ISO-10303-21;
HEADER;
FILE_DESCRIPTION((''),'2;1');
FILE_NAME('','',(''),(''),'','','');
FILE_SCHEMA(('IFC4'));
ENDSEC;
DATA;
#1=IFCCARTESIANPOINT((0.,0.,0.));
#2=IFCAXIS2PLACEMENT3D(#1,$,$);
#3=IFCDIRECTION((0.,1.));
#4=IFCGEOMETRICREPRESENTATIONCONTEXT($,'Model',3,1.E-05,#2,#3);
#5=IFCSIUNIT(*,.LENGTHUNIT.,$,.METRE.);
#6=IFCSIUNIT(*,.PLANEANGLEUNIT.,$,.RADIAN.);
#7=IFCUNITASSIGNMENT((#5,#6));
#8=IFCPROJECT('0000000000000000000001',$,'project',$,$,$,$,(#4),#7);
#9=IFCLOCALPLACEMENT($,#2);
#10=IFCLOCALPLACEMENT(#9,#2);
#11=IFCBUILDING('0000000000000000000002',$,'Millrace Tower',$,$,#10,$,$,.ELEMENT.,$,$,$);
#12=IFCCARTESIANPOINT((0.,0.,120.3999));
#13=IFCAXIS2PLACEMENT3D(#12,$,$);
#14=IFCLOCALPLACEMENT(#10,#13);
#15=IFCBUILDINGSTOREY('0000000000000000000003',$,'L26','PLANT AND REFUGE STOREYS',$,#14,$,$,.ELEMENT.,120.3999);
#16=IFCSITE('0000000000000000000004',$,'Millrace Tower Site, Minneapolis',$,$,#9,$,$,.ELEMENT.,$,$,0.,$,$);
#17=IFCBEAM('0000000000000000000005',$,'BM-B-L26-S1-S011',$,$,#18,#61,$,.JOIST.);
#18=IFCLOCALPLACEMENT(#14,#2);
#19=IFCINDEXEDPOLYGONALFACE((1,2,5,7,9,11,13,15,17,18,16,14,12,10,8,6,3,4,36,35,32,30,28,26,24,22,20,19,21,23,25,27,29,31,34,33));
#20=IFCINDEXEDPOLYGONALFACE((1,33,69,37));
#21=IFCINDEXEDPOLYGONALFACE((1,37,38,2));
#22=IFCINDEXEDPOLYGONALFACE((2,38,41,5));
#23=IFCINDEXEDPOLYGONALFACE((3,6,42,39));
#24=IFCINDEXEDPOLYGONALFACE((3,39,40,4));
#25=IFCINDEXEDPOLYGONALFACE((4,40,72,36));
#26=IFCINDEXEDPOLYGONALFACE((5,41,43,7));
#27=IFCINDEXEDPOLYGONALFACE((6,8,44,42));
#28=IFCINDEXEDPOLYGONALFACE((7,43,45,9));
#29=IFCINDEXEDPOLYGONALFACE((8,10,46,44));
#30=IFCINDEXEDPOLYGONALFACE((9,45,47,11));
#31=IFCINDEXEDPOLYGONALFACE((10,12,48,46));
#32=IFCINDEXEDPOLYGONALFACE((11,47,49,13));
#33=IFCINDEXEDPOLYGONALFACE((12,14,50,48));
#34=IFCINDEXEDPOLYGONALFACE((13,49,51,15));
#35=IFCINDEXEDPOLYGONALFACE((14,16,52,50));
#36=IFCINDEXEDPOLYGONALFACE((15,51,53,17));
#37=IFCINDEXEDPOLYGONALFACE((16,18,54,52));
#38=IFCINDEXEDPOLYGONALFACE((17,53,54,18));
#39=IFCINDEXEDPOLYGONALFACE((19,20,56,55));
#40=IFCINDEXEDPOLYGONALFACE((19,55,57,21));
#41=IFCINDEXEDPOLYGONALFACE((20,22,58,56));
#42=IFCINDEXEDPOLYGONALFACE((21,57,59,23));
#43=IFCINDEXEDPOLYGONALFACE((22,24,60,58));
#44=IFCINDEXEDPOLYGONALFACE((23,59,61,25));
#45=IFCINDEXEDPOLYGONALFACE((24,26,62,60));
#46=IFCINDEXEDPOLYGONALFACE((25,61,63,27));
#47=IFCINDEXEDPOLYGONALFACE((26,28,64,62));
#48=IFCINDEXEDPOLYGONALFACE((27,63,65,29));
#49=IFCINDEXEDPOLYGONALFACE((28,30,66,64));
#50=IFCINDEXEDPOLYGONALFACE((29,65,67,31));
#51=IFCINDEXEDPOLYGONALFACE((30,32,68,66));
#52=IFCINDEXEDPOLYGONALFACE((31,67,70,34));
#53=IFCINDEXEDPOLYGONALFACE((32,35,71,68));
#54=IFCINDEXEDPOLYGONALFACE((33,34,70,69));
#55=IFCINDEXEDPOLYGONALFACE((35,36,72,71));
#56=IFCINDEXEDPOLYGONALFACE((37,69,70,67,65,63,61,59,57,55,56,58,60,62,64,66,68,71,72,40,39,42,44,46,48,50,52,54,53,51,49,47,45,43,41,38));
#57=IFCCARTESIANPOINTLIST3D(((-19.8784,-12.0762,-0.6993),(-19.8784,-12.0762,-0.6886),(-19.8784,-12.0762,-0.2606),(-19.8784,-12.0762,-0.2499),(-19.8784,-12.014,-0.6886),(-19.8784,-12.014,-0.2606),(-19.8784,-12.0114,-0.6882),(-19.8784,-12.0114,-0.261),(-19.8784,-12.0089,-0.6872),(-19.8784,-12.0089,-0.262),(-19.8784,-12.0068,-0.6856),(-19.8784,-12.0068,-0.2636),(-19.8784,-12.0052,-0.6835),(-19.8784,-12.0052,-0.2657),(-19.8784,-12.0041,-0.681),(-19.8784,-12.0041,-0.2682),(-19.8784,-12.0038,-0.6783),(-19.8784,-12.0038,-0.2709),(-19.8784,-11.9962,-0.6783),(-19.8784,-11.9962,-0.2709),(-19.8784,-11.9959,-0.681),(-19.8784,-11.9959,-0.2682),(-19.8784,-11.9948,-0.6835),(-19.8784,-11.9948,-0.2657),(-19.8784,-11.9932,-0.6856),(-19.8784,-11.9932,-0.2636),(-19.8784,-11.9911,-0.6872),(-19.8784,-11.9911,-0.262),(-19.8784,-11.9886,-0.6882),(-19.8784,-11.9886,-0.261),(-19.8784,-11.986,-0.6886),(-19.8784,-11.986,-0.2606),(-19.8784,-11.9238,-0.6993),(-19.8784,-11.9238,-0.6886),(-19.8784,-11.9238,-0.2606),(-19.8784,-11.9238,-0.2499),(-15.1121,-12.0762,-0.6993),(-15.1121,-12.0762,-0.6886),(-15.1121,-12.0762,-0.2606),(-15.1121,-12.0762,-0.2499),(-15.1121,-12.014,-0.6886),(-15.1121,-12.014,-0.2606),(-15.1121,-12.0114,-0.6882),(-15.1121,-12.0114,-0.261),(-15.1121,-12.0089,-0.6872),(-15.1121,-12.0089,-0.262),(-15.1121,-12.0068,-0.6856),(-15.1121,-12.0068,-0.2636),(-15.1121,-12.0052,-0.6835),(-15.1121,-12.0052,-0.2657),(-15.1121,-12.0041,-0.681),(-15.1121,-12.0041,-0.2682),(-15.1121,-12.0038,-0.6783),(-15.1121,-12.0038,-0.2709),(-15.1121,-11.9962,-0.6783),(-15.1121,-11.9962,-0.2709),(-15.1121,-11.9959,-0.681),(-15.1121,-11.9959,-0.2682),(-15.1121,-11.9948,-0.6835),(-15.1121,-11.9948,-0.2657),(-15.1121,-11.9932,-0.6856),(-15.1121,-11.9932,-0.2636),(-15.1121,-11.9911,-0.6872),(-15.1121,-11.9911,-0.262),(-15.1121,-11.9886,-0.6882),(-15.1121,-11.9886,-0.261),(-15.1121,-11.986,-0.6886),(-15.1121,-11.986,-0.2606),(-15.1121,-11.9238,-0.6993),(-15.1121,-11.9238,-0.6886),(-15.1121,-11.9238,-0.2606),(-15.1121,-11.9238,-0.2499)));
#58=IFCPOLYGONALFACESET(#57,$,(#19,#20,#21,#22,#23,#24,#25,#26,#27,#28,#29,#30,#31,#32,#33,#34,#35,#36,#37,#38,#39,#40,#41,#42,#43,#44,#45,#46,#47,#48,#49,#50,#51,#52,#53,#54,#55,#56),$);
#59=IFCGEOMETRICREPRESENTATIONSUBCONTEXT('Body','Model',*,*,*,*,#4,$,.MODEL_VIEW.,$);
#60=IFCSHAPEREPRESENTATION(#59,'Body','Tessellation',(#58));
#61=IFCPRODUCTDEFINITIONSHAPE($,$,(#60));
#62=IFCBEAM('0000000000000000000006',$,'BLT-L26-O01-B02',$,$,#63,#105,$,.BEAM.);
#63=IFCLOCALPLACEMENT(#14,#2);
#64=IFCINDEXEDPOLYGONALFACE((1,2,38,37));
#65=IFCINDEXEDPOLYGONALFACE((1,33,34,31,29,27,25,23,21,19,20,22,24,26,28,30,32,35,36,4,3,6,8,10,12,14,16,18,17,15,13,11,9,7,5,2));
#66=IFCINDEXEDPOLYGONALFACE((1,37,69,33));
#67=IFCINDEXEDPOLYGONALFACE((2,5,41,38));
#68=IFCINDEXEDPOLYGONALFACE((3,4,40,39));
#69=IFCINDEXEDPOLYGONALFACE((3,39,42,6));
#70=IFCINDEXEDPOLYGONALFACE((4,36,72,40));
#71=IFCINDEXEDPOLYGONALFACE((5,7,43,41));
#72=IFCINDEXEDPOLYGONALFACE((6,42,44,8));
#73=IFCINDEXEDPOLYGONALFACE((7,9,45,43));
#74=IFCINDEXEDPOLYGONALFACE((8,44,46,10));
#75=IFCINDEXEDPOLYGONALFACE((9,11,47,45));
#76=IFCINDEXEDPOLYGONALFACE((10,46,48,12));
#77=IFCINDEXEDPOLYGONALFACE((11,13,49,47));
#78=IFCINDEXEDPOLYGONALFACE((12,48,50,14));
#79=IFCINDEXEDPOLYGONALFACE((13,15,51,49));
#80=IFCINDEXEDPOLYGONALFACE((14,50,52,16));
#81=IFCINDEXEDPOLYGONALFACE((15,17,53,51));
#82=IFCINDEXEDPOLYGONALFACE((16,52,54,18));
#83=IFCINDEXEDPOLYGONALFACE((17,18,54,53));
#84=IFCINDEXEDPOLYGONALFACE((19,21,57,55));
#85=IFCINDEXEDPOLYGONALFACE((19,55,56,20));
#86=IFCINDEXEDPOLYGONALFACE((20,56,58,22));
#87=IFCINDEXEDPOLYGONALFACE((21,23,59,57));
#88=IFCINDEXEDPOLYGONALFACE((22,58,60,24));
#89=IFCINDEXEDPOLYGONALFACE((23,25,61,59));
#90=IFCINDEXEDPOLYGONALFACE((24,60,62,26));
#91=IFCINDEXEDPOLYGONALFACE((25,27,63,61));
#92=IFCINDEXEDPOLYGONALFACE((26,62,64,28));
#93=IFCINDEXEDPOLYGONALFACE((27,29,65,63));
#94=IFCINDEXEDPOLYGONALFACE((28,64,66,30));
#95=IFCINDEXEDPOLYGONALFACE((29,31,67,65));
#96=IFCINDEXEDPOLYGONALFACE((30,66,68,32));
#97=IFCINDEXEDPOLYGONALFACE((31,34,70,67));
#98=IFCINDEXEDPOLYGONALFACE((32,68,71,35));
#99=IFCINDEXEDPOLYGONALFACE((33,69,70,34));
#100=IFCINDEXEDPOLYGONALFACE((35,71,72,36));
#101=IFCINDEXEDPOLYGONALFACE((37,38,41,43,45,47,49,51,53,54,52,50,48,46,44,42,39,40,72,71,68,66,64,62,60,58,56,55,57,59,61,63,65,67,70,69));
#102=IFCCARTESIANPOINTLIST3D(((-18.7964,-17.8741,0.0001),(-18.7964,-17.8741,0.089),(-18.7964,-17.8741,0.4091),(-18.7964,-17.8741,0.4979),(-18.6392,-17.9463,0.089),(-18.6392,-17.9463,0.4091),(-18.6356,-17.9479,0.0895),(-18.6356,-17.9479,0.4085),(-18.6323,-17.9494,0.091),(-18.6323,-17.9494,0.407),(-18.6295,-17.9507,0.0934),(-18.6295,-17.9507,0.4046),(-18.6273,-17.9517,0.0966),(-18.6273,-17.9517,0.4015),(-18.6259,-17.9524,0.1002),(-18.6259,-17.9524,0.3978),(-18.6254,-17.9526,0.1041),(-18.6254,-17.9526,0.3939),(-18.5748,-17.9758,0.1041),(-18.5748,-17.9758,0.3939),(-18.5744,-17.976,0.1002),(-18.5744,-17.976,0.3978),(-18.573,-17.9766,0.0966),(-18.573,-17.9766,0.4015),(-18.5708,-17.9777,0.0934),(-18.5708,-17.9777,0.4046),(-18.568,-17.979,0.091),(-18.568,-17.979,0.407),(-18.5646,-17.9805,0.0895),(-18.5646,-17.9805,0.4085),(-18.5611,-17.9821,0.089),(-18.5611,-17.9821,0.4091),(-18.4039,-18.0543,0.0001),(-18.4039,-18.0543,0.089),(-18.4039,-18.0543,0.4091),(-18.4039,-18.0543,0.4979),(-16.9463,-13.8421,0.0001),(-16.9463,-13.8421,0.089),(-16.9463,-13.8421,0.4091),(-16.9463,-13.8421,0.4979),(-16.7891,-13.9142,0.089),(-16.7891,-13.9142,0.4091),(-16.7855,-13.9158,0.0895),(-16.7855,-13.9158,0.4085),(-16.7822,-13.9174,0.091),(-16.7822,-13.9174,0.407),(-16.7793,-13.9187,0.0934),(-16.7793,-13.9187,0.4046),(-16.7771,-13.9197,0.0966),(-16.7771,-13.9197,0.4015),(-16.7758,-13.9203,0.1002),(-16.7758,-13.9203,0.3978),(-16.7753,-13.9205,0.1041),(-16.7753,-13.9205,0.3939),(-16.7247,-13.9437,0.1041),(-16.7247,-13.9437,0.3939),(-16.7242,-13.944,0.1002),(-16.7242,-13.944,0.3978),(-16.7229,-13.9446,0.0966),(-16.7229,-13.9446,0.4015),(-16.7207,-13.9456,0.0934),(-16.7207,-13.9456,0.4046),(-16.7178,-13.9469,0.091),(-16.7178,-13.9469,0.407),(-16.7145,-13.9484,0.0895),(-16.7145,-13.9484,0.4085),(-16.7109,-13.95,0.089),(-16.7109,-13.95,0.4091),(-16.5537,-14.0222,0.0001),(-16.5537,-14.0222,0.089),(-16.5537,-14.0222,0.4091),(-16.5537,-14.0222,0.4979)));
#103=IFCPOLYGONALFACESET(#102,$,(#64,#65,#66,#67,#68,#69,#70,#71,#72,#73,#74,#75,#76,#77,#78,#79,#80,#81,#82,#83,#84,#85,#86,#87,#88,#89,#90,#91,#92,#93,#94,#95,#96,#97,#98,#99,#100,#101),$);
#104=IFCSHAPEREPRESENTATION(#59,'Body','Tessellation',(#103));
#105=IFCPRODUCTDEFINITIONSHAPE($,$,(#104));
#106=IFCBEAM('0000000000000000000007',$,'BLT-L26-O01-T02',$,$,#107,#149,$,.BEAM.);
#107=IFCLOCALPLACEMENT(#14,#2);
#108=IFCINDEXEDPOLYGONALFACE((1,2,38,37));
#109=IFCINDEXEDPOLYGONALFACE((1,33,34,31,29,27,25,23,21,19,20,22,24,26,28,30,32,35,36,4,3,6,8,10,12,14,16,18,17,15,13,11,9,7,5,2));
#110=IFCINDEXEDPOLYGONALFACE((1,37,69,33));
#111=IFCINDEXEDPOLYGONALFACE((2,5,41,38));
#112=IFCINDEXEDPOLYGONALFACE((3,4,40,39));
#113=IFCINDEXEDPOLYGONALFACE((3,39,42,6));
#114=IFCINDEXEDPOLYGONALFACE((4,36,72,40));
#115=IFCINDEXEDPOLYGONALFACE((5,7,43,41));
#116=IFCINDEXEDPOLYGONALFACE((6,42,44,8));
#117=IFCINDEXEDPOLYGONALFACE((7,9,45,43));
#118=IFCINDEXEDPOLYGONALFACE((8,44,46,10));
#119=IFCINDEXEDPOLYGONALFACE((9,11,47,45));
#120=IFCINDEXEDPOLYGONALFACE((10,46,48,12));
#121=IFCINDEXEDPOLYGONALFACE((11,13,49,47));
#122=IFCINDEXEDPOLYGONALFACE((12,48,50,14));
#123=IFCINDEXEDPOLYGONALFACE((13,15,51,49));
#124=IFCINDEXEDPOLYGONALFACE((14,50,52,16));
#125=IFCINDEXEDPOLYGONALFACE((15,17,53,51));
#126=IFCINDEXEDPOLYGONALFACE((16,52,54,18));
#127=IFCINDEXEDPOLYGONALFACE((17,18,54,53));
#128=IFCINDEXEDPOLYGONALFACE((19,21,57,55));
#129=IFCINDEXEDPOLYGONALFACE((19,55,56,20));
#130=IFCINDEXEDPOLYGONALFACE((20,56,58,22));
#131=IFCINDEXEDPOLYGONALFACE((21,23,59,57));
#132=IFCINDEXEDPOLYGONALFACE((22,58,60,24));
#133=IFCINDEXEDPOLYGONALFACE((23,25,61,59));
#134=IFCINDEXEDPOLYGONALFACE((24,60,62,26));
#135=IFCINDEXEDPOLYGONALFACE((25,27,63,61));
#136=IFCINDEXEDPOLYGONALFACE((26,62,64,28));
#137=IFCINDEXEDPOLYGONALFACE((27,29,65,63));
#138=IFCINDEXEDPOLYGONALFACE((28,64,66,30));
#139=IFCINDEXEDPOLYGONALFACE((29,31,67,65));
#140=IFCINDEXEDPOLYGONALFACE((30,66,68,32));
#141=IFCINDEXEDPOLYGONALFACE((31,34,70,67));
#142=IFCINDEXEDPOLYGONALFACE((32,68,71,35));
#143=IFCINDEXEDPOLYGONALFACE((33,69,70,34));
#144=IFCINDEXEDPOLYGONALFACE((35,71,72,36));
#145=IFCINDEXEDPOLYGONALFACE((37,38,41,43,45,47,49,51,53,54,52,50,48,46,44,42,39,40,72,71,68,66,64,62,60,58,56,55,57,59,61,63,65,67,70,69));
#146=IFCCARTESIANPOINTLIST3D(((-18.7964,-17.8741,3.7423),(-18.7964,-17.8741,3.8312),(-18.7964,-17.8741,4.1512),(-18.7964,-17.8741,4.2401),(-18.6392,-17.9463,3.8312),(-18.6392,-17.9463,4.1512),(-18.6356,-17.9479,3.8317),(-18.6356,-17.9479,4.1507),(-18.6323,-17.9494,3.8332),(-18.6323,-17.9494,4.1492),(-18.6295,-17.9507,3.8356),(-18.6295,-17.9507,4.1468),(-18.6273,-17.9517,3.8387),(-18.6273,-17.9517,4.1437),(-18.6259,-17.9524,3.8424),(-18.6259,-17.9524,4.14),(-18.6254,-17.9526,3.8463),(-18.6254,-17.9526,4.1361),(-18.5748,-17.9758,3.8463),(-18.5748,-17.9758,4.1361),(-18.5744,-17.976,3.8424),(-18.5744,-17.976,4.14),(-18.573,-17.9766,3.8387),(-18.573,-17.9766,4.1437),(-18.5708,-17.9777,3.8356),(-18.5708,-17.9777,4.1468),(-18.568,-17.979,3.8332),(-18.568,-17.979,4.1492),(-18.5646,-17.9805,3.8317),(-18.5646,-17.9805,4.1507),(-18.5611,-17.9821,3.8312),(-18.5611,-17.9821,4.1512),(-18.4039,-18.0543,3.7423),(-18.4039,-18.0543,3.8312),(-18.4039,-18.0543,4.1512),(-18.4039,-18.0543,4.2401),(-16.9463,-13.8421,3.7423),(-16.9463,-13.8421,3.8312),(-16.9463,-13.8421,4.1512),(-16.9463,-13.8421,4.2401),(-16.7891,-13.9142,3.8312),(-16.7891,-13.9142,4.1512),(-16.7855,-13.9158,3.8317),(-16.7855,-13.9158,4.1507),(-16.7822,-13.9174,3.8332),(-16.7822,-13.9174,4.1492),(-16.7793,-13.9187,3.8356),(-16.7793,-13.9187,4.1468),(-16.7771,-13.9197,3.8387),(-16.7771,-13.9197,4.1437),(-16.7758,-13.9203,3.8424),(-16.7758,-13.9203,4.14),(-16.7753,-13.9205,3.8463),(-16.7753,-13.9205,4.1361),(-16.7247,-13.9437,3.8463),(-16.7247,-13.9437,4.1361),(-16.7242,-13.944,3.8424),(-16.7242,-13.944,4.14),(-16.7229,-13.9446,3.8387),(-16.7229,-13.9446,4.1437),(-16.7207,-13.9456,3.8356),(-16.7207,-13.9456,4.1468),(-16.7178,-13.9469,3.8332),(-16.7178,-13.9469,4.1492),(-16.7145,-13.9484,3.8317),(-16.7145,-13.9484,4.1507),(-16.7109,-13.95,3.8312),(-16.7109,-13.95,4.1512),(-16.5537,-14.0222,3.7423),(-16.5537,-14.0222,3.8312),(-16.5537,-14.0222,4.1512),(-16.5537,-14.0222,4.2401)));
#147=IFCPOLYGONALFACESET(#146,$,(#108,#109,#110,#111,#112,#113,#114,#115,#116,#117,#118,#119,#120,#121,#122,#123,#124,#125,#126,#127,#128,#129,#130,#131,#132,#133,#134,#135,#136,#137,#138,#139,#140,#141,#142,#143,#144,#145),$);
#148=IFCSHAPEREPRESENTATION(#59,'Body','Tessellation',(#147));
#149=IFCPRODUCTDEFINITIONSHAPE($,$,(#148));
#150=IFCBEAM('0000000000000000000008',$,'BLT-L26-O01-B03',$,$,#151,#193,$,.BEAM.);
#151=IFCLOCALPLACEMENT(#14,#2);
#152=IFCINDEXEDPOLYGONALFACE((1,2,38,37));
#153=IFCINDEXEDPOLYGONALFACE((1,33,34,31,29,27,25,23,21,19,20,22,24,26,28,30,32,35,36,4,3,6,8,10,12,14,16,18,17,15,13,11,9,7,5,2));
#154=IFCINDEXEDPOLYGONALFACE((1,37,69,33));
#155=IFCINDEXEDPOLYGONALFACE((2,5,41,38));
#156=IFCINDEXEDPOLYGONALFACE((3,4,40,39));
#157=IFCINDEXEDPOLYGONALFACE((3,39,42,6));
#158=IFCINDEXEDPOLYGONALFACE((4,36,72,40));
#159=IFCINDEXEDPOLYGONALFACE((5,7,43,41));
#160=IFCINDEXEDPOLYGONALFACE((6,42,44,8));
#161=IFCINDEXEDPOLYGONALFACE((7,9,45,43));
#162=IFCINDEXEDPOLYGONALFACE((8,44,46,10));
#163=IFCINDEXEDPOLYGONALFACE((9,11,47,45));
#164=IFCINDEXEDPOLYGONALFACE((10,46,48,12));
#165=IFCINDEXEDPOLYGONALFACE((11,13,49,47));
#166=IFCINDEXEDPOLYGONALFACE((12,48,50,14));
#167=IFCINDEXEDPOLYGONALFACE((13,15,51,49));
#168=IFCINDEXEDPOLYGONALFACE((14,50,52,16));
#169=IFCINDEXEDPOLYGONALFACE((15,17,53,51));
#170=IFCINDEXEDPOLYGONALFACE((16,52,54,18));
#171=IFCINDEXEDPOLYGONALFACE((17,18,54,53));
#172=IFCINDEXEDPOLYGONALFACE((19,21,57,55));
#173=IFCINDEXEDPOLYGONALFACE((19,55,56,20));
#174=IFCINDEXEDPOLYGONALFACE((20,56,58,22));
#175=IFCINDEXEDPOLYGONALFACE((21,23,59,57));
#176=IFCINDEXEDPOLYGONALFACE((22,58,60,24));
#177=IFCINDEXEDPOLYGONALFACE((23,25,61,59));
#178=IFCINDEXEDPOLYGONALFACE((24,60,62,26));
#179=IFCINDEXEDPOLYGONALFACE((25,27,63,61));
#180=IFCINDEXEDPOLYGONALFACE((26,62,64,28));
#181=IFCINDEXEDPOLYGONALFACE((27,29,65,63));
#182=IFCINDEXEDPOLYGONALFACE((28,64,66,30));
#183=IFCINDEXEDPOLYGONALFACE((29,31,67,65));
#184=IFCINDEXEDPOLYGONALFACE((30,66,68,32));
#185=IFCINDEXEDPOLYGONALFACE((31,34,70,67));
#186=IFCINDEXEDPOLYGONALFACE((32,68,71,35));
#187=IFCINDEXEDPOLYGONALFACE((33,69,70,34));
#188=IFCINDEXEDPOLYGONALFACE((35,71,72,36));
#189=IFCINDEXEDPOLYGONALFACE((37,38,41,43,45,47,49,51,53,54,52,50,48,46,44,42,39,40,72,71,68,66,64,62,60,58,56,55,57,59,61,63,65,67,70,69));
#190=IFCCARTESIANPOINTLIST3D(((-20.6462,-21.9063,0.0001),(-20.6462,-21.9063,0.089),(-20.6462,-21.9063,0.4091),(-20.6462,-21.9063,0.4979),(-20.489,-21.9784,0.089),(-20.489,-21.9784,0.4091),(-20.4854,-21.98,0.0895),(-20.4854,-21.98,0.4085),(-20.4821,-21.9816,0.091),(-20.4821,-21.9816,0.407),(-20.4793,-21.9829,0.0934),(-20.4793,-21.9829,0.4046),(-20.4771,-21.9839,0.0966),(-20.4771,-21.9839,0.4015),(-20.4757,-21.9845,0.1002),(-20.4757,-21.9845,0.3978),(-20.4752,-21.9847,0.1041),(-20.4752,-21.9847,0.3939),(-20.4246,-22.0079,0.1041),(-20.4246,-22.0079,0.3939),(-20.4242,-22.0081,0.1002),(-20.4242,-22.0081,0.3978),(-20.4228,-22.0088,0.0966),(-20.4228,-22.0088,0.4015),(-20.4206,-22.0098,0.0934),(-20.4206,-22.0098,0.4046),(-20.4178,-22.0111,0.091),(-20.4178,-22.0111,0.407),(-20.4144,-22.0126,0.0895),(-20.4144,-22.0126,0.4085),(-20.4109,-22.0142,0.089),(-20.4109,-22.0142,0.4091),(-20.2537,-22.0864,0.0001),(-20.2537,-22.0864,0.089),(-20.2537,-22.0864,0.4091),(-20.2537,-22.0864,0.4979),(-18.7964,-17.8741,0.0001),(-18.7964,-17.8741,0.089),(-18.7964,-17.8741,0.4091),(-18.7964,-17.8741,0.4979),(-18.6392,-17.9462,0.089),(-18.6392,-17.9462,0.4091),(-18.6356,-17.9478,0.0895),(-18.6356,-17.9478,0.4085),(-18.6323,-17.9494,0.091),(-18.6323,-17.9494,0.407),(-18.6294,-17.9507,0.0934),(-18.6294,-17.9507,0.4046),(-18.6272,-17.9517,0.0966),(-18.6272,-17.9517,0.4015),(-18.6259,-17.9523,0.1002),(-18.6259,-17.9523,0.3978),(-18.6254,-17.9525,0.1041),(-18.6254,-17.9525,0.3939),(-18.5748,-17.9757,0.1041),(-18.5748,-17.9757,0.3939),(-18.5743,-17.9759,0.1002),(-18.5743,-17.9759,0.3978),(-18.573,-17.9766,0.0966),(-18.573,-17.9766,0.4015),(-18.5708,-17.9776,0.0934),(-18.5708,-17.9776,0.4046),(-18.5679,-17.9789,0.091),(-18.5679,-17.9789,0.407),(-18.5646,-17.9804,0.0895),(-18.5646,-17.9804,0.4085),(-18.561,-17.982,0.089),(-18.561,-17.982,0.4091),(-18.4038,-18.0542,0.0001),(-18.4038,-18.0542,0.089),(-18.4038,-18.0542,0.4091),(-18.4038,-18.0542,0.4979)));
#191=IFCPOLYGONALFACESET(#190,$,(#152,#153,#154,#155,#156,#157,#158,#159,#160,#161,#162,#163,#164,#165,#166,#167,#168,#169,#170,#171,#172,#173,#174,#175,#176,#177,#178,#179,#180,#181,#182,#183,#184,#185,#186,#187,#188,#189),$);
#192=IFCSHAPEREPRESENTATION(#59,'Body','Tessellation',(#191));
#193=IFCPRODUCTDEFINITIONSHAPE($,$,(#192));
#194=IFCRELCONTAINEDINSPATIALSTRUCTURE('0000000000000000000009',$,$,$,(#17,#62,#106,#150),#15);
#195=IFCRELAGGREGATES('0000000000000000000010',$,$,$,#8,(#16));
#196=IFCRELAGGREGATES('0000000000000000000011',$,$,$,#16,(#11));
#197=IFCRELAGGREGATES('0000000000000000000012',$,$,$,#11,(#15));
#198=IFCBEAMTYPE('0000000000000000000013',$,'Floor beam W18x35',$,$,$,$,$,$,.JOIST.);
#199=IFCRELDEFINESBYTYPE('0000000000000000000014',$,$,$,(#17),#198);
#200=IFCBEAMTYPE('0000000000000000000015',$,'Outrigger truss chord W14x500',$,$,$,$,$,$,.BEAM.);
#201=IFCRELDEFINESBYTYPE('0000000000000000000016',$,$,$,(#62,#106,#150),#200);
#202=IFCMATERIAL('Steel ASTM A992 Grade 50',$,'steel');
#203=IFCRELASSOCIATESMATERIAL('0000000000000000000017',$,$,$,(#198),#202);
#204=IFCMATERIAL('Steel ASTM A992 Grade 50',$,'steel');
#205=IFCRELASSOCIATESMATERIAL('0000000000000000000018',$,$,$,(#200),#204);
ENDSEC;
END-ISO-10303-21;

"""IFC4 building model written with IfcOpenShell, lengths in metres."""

from ifc_helpers import new_model, si_unit, direction, frame, origin, origin_2d, place, context, subcontext, project, spatial, i_section, extrude, material, material_profile, profile_set, type_object, element, save


model = new_model("IFC4")

# Units and contexts
model_context = context("Model", 3, precision=1e-05, world=origin(), true_north=direction((0.0, 1.0)))
body_context = subcontext(model_context, "Body", "Model", "MODEL_VIEW")
ifc_project = project(units=[si_unit("LENGTHUNIT", "METRE"), si_unit("PLANEANGLEUNIT", "RADIAN")], contexts=[model_context])

# Site, building, storey
site_placement = place(None, origin())
site = spatial("IfcSite", under=ifc_project, at=site_placement, Name="Millrace Tower Site, Minneapolis", CompositionType="ELEMENT", RefElevation=0.0)
building_placement = place(site_placement, origin())
building = spatial("IfcBuilding", under=site, at=building_placement, Name="Millrace Tower", CompositionType="ELEMENT")
storey_placement = place(building_placement, frame((0.0, 0.0, 120.3999)))
storey = spatial("IfcBuildingStorey", under=building, at=storey_placement, Name="L26", Description="PLANT AND REFUGE STOREYS", CompositionType="ELEMENT", Elevation=120.3999)

# Beams
ifc_material_1 = material(Name="Steel ASTM A992 Grade 50", Category="steel")
ifc_material_profile_1 = material_profile(ifc_material_1, i_section(OverallWidth=0.1523, OverallDepth=0.4495, WebThickness=0.0076, FlangeThickness=0.0107, FilletRadius=0.0103, at=origin_2d()))
ifc_profile_set_1 = profile_set([ifc_material_profile_1], Name="Steel ASTM A992 Grade 50")
beam_type_1 = type_object("IfcBeamType", Name="Floor beam W18x35", PredefinedType="JOIST", material=ifc_profile_set_1)
for number, where, z_axis, x_axis, name in (
    (1, (-19.8784, -12.0, -0.4746), (1.0, 0.0, 0.0), (0.0, 1.0, 0.0), "BM-B-L26-S1-S011"),
):
    element("IfcBeam", number, at=place(storey_placement, frame(where, z_axis=z_axis, x_axis=x_axis)), inside=storey, type_object=beam_type_1, Name=name, PredefinedType="JOIST", context=body_context, shape_type="SweptSolid", body=[
        extrude(i_section(OverallWidth=0.1523, OverallDepth=0.4495, WebThickness=0.0076, FlangeThickness=0.0107, FilletRadius=0.0103, at=origin_2d()), origin(), (0.0, 0.0, 1.0), 4.7664),
    ])
ifc_material_2 = material(Name="Steel ASTM A992 Grade 50", Category="steel")
ifc_material_profile_2 = material_profile(ifc_material_2, i_section(OverallWidth=0.4319, OverallDepth=0.4978, WebThickness=0.0557, FlangeThickness=0.0889, FilletRadius=0.0151, at=origin_2d()))
ifc_profile_set_2 = profile_set([ifc_material_profile_2], Name="Steel ASTM A992 Grade 50")
beam_type_2 = type_object("IfcBeamType", Name="Outrigger truss chord W14x500", PredefinedType="BEAM", material=ifc_profile_set_2)
for number, where, z_axis, x_axis, name in (
    (2, (-16.75, -13.9321, 0.249), (-0.417047, -0.908885, 0.0), (0.908885, -0.417047, 0.0), "BLT-L26-O01-B02"),
    (3, (-16.75, -13.9321, 3.9912), (-0.417047, -0.908885, 0.0), (0.908885, -0.417047, 0.0), "BLT-L26-O01-T02"),
    (4, (-18.6001, -17.9641, 0.249), (-0.416981, -0.908915, 0.0), (0.908915, -0.416981, 0.0), "BLT-L26-O01-B03"),
):
    element("IfcBeam", number, at=place(storey_placement, frame(where, z_axis=z_axis, x_axis=x_axis)), inside=storey, type_object=beam_type_2, Name=name, PredefinedType="BEAM", context=body_context, shape_type="SweptSolid", body=[
        extrude(i_section(OverallWidth=0.4319, OverallDepth=0.4978, WebThickness=0.0557, FlangeThickness=0.0889, FilletRadius=0.0151, at=origin_2d()), origin(), (0.0, 0.0, 1.0), 4.4363),
    ])

save(model, "model.ifc")
